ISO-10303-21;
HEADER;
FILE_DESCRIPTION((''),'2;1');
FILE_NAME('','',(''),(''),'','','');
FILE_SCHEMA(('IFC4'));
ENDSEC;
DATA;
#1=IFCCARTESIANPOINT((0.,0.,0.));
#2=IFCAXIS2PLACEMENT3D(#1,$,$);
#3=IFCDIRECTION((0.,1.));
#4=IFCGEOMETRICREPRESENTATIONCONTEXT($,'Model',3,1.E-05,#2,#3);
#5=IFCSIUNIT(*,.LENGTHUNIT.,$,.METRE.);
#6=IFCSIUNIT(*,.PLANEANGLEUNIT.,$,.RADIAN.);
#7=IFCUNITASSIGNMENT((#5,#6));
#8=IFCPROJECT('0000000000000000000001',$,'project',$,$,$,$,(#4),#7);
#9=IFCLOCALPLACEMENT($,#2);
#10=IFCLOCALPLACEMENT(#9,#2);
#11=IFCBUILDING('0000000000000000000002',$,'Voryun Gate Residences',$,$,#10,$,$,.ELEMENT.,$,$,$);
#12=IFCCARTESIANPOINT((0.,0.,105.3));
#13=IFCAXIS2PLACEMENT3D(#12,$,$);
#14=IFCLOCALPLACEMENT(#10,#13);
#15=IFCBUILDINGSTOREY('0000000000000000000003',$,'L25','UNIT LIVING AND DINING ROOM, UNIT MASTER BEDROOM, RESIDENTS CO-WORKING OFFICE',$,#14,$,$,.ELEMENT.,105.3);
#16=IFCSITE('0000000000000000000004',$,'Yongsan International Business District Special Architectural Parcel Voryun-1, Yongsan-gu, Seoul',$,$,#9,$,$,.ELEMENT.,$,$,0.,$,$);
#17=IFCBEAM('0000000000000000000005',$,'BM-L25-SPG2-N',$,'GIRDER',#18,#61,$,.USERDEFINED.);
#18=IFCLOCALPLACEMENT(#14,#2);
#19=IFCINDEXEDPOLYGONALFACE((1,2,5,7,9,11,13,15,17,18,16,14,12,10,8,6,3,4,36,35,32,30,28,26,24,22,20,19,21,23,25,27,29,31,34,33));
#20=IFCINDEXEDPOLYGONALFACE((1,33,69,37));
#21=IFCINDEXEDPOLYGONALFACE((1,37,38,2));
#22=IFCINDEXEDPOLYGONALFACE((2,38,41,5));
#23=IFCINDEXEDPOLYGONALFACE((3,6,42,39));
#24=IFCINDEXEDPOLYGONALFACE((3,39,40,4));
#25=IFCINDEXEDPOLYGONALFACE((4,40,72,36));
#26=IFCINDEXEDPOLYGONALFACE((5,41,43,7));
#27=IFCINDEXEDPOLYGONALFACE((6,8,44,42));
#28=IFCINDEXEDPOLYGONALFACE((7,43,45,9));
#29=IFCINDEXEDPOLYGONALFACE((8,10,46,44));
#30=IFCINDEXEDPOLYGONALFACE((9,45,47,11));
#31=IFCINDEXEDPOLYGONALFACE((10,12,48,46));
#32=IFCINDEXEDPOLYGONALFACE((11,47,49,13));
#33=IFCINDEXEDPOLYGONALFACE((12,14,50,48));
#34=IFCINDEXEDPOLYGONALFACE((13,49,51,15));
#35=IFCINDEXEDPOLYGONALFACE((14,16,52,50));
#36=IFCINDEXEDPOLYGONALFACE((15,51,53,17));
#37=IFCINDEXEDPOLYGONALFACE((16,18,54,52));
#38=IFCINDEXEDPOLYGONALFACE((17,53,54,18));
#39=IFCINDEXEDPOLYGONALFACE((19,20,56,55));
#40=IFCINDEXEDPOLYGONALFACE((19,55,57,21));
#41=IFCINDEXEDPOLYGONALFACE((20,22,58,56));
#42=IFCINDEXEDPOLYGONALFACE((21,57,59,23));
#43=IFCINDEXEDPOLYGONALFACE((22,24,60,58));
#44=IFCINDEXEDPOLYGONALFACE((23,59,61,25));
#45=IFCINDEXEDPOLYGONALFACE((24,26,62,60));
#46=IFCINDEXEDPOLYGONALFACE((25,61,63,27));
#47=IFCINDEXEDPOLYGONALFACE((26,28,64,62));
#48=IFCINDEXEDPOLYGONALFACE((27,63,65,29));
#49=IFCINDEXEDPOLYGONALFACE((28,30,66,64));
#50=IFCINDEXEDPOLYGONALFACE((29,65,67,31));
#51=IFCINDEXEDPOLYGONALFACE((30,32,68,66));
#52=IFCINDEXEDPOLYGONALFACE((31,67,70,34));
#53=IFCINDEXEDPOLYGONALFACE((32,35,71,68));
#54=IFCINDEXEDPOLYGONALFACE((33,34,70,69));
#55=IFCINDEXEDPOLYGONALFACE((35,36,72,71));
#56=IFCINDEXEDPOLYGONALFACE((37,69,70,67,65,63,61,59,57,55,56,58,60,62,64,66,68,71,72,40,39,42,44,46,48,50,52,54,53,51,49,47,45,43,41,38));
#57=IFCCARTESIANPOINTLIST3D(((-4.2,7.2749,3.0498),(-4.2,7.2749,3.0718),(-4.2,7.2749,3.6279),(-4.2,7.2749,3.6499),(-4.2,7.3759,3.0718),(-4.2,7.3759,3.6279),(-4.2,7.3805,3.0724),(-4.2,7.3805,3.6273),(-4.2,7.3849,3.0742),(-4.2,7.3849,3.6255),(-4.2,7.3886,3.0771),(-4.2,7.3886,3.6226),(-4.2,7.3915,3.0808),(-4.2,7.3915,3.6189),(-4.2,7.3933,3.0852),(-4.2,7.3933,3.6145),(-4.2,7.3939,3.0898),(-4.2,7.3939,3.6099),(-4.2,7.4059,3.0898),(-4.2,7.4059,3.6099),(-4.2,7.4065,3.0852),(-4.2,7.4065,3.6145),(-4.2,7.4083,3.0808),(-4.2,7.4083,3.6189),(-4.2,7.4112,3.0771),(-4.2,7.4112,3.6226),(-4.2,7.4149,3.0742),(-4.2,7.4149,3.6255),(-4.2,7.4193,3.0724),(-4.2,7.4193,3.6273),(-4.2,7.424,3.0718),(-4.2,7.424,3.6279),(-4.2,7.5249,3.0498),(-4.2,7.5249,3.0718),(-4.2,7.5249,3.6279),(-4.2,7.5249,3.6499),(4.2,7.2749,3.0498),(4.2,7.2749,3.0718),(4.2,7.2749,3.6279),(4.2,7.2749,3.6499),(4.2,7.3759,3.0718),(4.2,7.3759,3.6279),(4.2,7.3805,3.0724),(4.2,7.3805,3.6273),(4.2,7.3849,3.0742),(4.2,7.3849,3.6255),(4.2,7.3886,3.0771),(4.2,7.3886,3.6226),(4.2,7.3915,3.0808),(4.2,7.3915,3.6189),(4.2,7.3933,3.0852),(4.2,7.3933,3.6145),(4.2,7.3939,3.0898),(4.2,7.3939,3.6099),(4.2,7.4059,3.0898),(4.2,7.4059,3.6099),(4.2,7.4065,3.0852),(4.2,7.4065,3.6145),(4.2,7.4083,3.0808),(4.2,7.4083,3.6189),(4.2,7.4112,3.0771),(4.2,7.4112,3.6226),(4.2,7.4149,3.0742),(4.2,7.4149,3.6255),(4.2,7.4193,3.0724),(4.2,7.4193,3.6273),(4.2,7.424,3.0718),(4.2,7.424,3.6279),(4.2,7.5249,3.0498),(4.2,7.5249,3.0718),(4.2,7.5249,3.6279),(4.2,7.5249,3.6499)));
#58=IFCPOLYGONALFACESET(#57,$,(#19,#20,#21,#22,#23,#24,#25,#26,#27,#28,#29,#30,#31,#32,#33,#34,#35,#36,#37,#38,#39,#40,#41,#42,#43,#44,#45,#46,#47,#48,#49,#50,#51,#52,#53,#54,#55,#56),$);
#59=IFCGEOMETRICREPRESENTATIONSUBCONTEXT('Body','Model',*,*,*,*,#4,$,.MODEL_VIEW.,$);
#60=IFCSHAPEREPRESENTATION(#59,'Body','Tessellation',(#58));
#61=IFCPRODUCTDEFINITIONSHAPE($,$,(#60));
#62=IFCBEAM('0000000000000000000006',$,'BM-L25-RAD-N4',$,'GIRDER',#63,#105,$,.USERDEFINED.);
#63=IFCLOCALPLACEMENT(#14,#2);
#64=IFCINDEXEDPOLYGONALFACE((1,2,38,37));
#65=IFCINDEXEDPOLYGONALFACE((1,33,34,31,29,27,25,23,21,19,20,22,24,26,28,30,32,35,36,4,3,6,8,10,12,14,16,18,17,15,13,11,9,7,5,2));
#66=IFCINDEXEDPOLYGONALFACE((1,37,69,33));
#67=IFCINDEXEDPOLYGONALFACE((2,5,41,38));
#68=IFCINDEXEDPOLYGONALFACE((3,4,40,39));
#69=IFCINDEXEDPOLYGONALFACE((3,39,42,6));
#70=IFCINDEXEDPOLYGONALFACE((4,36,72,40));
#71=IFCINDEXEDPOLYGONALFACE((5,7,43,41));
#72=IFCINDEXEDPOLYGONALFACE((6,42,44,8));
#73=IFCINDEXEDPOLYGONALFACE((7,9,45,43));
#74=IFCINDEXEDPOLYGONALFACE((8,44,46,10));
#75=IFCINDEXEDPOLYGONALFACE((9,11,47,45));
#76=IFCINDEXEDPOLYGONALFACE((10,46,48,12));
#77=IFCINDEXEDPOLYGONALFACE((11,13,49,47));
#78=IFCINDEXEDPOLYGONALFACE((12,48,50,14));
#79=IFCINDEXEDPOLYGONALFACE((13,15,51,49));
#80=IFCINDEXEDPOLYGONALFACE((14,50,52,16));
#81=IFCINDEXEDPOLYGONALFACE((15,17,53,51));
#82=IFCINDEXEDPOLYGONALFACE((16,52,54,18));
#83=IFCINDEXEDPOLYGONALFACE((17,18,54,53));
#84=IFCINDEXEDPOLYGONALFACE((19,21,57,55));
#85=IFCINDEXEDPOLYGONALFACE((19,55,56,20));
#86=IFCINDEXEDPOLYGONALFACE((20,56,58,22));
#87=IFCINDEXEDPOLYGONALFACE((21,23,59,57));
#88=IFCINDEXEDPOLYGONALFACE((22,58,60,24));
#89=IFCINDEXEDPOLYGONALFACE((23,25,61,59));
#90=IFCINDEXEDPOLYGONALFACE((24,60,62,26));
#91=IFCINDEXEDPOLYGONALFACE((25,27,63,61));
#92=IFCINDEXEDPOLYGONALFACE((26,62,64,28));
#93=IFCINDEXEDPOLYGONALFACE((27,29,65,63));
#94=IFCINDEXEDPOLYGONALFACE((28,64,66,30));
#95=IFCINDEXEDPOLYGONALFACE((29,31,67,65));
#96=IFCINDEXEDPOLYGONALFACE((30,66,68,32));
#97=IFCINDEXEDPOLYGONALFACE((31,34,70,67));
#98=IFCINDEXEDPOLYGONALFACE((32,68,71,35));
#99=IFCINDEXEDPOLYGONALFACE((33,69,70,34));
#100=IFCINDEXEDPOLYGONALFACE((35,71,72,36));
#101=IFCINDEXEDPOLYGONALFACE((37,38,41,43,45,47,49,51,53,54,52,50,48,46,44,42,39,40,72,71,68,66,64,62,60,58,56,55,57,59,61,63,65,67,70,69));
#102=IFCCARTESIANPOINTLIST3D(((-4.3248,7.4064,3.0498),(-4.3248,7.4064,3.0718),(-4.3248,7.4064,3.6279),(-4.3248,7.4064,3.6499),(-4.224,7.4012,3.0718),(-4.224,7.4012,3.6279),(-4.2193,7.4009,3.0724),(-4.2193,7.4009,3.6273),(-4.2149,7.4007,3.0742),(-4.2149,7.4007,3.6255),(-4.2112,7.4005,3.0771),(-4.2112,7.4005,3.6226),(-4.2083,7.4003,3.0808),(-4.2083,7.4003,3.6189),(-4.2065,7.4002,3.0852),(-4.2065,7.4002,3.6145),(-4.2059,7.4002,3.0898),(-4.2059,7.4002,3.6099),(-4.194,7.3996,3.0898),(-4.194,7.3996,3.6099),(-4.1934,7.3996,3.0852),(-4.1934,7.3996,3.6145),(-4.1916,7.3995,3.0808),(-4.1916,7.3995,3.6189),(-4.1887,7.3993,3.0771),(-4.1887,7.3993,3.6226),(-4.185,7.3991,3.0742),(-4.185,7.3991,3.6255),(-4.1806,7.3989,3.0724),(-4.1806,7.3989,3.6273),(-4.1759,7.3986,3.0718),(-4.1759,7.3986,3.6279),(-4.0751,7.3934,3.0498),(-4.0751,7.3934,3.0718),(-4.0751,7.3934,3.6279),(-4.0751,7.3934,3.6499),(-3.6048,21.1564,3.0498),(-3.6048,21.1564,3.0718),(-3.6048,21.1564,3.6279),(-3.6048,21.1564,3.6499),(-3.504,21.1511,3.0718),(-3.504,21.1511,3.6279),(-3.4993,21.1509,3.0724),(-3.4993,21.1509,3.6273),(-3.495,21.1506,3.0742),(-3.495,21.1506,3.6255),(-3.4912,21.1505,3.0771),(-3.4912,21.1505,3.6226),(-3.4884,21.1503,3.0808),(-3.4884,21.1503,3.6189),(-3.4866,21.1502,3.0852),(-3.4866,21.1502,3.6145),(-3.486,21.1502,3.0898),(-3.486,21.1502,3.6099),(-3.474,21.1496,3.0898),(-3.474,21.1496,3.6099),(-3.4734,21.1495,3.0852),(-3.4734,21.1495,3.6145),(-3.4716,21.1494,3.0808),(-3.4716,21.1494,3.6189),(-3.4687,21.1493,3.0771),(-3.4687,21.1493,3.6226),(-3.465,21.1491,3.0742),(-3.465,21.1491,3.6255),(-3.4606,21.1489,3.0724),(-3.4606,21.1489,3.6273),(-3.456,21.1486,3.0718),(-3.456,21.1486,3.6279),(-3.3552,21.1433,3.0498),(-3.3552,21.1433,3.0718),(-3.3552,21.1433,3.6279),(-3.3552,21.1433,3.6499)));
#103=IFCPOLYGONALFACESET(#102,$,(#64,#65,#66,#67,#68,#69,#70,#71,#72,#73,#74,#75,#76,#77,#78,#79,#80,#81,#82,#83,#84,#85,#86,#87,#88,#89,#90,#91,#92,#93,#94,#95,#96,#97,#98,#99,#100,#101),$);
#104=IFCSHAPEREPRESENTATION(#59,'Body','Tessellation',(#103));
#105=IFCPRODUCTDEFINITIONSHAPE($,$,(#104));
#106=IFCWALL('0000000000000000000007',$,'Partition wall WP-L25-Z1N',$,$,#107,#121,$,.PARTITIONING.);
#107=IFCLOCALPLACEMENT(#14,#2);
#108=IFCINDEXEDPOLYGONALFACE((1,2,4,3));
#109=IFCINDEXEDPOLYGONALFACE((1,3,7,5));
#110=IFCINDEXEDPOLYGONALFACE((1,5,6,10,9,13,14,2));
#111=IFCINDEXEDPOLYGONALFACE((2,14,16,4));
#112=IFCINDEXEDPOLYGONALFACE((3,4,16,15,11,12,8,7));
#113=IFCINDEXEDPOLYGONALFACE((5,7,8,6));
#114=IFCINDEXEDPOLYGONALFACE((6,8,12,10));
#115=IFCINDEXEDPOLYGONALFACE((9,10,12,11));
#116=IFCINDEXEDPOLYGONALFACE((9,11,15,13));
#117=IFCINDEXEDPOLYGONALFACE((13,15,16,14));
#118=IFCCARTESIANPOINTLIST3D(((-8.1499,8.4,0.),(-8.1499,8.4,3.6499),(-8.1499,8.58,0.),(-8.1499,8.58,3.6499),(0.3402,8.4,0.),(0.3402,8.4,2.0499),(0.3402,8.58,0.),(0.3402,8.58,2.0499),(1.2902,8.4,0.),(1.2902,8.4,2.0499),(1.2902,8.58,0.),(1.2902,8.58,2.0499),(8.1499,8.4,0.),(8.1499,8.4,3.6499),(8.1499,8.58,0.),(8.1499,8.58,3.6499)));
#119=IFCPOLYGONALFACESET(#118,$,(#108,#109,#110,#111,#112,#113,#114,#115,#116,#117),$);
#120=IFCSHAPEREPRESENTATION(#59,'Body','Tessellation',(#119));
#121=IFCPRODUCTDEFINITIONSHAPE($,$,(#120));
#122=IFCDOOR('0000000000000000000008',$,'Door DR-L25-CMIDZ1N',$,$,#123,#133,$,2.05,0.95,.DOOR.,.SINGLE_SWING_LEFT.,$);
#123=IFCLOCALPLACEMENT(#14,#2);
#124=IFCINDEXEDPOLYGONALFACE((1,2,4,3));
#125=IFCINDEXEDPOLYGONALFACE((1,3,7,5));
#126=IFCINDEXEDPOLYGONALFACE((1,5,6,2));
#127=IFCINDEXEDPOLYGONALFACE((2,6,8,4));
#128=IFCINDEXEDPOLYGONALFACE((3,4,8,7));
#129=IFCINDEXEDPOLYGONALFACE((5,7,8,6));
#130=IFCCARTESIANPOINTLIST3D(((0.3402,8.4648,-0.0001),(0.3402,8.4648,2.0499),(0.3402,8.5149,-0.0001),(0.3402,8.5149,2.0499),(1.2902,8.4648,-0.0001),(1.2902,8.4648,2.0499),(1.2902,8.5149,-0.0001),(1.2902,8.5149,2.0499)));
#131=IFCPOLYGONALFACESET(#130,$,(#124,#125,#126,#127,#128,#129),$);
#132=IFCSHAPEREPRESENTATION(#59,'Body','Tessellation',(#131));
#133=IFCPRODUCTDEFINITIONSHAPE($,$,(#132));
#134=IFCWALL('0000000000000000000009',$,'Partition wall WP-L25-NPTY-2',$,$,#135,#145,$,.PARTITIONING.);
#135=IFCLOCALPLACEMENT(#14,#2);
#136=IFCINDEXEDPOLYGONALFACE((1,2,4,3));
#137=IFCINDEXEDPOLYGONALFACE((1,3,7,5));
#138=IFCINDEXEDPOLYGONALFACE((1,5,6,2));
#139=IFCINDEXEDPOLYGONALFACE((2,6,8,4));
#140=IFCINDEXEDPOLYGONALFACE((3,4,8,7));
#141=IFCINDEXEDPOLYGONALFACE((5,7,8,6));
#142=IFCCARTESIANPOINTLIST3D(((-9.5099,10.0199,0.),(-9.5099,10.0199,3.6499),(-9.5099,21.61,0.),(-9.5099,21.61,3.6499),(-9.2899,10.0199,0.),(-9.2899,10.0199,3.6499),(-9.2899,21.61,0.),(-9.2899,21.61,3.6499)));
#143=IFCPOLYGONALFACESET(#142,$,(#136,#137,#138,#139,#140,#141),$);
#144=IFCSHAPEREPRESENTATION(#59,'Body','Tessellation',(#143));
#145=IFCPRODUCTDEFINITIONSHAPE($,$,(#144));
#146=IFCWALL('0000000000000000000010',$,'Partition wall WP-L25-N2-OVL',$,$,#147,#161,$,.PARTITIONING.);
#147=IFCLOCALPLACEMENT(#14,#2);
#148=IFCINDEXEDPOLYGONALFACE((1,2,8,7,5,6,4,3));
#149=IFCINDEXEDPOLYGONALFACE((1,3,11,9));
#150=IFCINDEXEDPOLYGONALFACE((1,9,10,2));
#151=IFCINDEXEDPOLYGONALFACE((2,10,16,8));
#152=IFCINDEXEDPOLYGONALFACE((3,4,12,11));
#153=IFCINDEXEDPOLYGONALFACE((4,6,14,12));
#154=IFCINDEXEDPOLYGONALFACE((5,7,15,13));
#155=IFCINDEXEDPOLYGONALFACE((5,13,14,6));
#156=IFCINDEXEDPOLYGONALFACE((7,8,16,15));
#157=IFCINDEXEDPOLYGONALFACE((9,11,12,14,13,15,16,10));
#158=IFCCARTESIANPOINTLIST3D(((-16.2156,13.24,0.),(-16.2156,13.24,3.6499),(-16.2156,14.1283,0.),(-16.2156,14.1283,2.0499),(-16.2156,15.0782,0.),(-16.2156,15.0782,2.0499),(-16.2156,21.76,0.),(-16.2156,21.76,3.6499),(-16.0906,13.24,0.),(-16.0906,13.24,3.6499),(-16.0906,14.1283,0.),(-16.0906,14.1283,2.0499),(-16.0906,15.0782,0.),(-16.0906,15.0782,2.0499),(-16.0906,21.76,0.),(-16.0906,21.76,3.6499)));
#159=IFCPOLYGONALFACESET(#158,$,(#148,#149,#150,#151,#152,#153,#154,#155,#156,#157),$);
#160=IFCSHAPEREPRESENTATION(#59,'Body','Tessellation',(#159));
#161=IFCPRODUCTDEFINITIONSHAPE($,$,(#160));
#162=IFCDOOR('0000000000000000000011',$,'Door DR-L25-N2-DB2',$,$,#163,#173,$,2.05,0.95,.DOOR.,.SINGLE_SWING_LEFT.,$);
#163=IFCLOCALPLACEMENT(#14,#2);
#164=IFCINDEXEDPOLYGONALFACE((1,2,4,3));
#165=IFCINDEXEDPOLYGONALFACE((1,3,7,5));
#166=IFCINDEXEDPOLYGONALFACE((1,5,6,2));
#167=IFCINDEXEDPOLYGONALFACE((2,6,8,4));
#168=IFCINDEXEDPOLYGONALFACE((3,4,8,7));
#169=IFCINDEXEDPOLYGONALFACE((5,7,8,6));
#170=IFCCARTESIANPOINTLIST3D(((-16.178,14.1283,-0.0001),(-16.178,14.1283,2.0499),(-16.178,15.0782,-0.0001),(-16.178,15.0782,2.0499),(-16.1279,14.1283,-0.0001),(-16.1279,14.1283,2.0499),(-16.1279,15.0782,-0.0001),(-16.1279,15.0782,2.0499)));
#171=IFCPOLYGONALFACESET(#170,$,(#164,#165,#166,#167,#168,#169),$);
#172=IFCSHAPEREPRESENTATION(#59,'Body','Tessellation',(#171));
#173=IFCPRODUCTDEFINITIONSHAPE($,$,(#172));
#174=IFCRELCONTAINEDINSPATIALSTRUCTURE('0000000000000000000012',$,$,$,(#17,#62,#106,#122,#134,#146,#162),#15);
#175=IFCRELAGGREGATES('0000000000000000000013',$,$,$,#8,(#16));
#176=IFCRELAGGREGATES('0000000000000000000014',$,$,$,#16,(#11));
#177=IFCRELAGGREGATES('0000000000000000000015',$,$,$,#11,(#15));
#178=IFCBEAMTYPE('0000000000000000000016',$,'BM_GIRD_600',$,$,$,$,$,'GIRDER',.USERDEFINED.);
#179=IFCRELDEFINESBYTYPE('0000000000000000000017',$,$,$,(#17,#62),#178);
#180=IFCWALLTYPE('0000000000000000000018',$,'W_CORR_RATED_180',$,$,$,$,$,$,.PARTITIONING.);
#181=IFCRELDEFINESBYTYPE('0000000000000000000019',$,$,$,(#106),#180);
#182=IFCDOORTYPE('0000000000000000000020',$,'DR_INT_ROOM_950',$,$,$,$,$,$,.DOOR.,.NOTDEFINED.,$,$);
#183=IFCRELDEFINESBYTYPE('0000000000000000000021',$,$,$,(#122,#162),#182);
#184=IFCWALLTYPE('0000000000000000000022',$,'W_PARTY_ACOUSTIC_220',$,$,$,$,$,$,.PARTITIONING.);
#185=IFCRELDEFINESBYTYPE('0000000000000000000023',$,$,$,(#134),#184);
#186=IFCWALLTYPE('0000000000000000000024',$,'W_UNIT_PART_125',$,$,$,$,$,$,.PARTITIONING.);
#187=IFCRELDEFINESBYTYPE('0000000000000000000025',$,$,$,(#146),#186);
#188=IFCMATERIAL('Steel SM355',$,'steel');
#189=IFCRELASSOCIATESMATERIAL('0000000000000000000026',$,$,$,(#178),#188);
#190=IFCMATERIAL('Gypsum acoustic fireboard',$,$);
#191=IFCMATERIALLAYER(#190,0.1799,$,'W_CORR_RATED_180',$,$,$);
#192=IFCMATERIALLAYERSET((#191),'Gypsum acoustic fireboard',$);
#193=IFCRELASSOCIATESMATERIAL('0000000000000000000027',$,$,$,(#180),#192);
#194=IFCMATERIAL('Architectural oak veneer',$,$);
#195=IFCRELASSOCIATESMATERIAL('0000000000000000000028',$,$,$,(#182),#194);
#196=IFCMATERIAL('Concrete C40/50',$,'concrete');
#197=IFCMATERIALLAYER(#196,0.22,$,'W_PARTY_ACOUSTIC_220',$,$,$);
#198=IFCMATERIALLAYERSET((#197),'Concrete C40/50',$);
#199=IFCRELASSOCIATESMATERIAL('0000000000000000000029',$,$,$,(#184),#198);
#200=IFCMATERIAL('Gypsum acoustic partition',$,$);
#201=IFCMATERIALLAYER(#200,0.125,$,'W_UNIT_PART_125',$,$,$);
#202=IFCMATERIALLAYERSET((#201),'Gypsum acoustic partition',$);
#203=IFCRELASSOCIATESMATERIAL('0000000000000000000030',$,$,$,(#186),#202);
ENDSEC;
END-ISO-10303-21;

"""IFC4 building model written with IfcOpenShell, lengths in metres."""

from ifc_helpers import new_model, si_unit, direction, frame, frame_2d, origin, origin_2d, place, context, subcontext, project, spatial, rectangle, i_section, extrude, material, layer, layer_set, material_profile, profile_set, type_object, element, fill, save


model = new_model("IFC4")

# Units and contexts
model_context = context("Model", 3, precision=1e-05, world=origin(), true_north=direction((0.0, 1.0)))
body_context = subcontext(model_context, "Body", "Model", "MODEL_VIEW")
ifc_project = project(units=[si_unit("LENGTHUNIT", "METRE"), si_unit("PLANEANGLEUNIT", "RADIAN")], contexts=[model_context])

# Site, building, storey
site_placement = place(None, origin())
site = spatial("IfcSite", under=ifc_project, at=site_placement, Name="Yongsan International Business District Special Architectural Parcel Voryun-1, Yongsan-gu, Seoul", CompositionType="ELEMENT", RefElevation=0.0)
building_placement = place(site_placement, origin())
building = spatial("IfcBuilding", under=site, at=building_placement, Name="Voryun Gate Residences", CompositionType="ELEMENT")
storey_placement = place(building_placement, frame((0.0, 0.0, 105.3)))
storey = spatial("IfcBuildingStorey", under=building, at=storey_placement, Name="L25", Description="UNIT LIVING AND DINING ROOM, UNIT MASTER BEDROOM, RESIDENTS CO-WORKING OFFICE", CompositionType="ELEMENT", Elevation=105.3)

# Beams
ifc_material_1 = material(Name="Steel SM355", Category="steel")
ifc_material_profile_1 = material_profile(ifc_material_1, i_section(OverallWidth=0.25, OverallDepth=0.6001, WebThickness=0.012, FlangeThickness=0.022, FilletRadius=0.0181, at=origin_2d()), Name="H-600x250x12x22")
ifc_profile_set_1 = profile_set([ifc_material_profile_1], Name="Steel SM355")
beam_type_1 = type_object("IfcBeamType", Name="BM_GIRD_600", ElementType="GIRDER", PredefinedType="USERDEFINED", material=ifc_profile_set_1)
beam_1_placement = place(storey_placement, frame((-4.2, 7.3999, 3.3499), z_axis=(1.0, 0.0, 0.0), x_axis=(0.0, 1.0, 0.0)))
element("IfcBeam", 1, at=beam_1_placement, inside=storey, type_object=beam_type_1, Name="BM-L25-SPG2-N", ObjectType="GIRDER", PredefinedType="USERDEFINED", context=body_context, shape_type="SweptSolid", body=[
    extrude(i_section(OverallWidth=0.25, OverallDepth=0.6001, WebThickness=0.012, FlangeThickness=0.022, FilletRadius=0.0181, at=origin_2d()), origin(), (0.0, 0.0, 1.0), 8.3999),
])
beam_2_placement = place(storey_placement, frame((-4.2, 7.3999, 3.3499), z_axis=(0.05229, 0.998632, 0.0), x_axis=(-0.998632, 0.05229, 0.0)))
element("IfcBeam", 2, at=beam_2_placement, inside=storey, type_object=beam_type_1, Name="BM-L25-RAD-N4", ObjectType="GIRDER", PredefinedType="USERDEFINED", context=body_context, shape_type="SweptSolid", body=[
    extrude(i_section(OverallWidth=0.25, OverallDepth=0.6001, WebThickness=0.012, FlangeThickness=0.022, FilletRadius=0.0181, at=origin_2d()), origin(), (0.0, 0.0, 1.0), 13.7688),
])

# Wall, opening, door
ifc_material_2 = material(Name="Gypsum acoustic fireboard")
ifc_layer_1 = layer(ifc_material_2, 0.1799, Name="W_CORR_RATED_180")
ifc_layer_set_1 = layer_set([ifc_layer_1], Name="Gypsum acoustic fireboard")
wall_type_1 = type_object("IfcWallType", Name="W_CORR_RATED_180", PredefinedType="PARTITIONING", material=ifc_layer_set_1)
wall_1_placement = place(storey_placement, frame((-8.1499, 8.49, 0.0), z_axis=(0.0, 0.0, 1.0), x_axis=(1.0, 0.0, 0.0)))
wall_1 = element("IfcWall", 3, at=wall_1_placement, inside=storey, type_object=wall_type_1, Name="Partition wall WP-L25-Z1N", PredefinedType="PARTITIONING", context=body_context, shape_type="SweptSolid", body=[
    extrude(rectangle(XDim=16.2998, YDim=0.1799, at=frame_2d((8.1499, 0.0))), origin(), (0.0, 0.0, 1.0), 3.6499),
])
opening_1_placement = place(wall_1_placement, frame((8.49, 0.0, 0.0)))
opening_1 = element("IfcOpeningElement", 4, at=opening_1_placement, cuts=wall_1, PredefinedType="OPENING", context=body_context, shape_type="SweptSolid", body=[
    extrude(rectangle(XDim=0.95, YDim=2.05, at=frame_2d((0.4751, 1.0249))), frame((0.0, 0.0999, 0.0), z_axis=(0.0, -1.0, 0.0), x_axis=(1.0, 0.0, 0.0)), (0.0, 0.0, 1.0), 0.2),
])
ifc_material_3 = material(Name="Architectural oak veneer")
door_type_1 = type_object("IfcDoorType", Name="DR_INT_ROOM_950", OperationType="NOTDEFINED", PredefinedType="DOOR", material=ifc_material_3)
door_1_placement = place(opening_1_placement, origin())
door_1 = element("IfcDoor", 5, at=door_1_placement, inside=storey, type_object=door_type_1, Name="Door DR-L25-CMIDZ1N", OperationType="SINGLE_SWING_LEFT", OverallHeight=2.05, OverallWidth=0.95, PredefinedType="DOOR", context=body_context, shape_type="SweptSolid", body=[
    extrude(rectangle(XDim=0.95, YDim=2.05, at=frame_2d((0.4751, 1.0249))), frame((0.0, 0.0249, 0.0), z_axis=(0.0, -1.0, 0.0), x_axis=(1.0, 0.0, 0.0)), (0.0, 0.0, 1.0), 0.05),
])
fill(opening_1, door_1)

# Wall
ifc_material_4 = material(Name="Concrete C40/50", Category="concrete")
ifc_layer_2 = layer(ifc_material_4, 0.22, Name="W_PARTY_ACOUSTIC_220")
ifc_layer_set_2 = layer_set([ifc_layer_2], Name="Concrete C40/50")
wall_type_2 = type_object("IfcWallType", Name="W_PARTY_ACOUSTIC_220", PredefinedType="PARTITIONING", material=ifc_layer_set_2)
wall_2_placement = place(storey_placement, frame((-9.3999, 10.02, 0.0), z_axis=(0.0, 0.0, 1.0), x_axis=(0.0, 1.0, 0.0)))
element("IfcWall", 6, at=wall_2_placement, inside=storey, type_object=wall_type_2, Name="Partition wall WP-L25-NPTY-2", PredefinedType="PARTITIONING", context=body_context, shape_type="SweptSolid", body=[
    extrude(rectangle(XDim=11.5901, YDim=0.22, at=frame_2d((5.7949, 0.0))), origin(), (0.0, 0.0, 1.0), 3.6499),
])

# Wall, opening, door
ifc_material_5 = material(Name="Gypsum acoustic partition")
ifc_layer_3 = layer(ifc_material_5, 0.125, Name="W_UNIT_PART_125")
ifc_layer_set_3 = layer_set([ifc_layer_3], Name="Gypsum acoustic partition")
wall_type_3 = type_object("IfcWallType", Name="W_UNIT_PART_125", PredefinedType="PARTITIONING", material=ifc_layer_set_3)
wall_3_placement = place(storey_placement, frame((-16.1531, 13.24, 0.0), z_axis=(0.0, 0.0, 1.0), x_axis=(0.0, 1.0, 0.0)))
wall_3 = element("IfcWall", 7, at=wall_3_placement, inside=storey, type_object=wall_type_3, Name="Partition wall WP-L25-N2-OVL", PredefinedType="PARTITIONING", context=body_context, shape_type="SweptSolid", body=[
    extrude(rectangle(XDim=8.52, YDim=0.125, at=frame_2d((4.26, 0.0))), origin(), (0.0, 0.0, 1.0), 3.6499),
])
opening_2_placement = place(wall_3_placement, frame((0.8882, 0.0, 0.0)))
opening_2 = element("IfcOpeningElement", 8, at=opening_2_placement, cuts=wall_3, PredefinedType="OPENING", context=body_context, shape_type="SweptSolid", body=[
    extrude(rectangle(XDim=0.95, YDim=2.05, at=frame_2d((0.4751, 1.0249))), frame((0.0, 0.0725, 0.0), z_axis=(0.0, -1.0, 0.0), x_axis=(1.0, 0.0, 0.0)), (0.0, 0.0, 1.0), 0.145),
])
door_2_placement = place(opening_2_placement, origin())
door_2 = element("IfcDoor", 9, at=door_2_placement, inside=storey, type_object=door_type_1, Name="Door DR-L25-N2-DB2", OperationType="SINGLE_SWING_LEFT", OverallHeight=2.05, OverallWidth=0.95, PredefinedType="DOOR", context=body_context, shape_type="SweptSolid", body=[
    extrude(rectangle(XDim=0.95, YDim=2.05, at=frame_2d((0.4751, 1.0249))), frame((0.0, 0.0249, 0.0), z_axis=(0.0, -1.0, 0.0), x_axis=(1.0, 0.0, 0.0)), (0.0, 0.0, 1.0), 0.05),
])
fill(opening_2, door_2)

save(model, "model.ifc")
